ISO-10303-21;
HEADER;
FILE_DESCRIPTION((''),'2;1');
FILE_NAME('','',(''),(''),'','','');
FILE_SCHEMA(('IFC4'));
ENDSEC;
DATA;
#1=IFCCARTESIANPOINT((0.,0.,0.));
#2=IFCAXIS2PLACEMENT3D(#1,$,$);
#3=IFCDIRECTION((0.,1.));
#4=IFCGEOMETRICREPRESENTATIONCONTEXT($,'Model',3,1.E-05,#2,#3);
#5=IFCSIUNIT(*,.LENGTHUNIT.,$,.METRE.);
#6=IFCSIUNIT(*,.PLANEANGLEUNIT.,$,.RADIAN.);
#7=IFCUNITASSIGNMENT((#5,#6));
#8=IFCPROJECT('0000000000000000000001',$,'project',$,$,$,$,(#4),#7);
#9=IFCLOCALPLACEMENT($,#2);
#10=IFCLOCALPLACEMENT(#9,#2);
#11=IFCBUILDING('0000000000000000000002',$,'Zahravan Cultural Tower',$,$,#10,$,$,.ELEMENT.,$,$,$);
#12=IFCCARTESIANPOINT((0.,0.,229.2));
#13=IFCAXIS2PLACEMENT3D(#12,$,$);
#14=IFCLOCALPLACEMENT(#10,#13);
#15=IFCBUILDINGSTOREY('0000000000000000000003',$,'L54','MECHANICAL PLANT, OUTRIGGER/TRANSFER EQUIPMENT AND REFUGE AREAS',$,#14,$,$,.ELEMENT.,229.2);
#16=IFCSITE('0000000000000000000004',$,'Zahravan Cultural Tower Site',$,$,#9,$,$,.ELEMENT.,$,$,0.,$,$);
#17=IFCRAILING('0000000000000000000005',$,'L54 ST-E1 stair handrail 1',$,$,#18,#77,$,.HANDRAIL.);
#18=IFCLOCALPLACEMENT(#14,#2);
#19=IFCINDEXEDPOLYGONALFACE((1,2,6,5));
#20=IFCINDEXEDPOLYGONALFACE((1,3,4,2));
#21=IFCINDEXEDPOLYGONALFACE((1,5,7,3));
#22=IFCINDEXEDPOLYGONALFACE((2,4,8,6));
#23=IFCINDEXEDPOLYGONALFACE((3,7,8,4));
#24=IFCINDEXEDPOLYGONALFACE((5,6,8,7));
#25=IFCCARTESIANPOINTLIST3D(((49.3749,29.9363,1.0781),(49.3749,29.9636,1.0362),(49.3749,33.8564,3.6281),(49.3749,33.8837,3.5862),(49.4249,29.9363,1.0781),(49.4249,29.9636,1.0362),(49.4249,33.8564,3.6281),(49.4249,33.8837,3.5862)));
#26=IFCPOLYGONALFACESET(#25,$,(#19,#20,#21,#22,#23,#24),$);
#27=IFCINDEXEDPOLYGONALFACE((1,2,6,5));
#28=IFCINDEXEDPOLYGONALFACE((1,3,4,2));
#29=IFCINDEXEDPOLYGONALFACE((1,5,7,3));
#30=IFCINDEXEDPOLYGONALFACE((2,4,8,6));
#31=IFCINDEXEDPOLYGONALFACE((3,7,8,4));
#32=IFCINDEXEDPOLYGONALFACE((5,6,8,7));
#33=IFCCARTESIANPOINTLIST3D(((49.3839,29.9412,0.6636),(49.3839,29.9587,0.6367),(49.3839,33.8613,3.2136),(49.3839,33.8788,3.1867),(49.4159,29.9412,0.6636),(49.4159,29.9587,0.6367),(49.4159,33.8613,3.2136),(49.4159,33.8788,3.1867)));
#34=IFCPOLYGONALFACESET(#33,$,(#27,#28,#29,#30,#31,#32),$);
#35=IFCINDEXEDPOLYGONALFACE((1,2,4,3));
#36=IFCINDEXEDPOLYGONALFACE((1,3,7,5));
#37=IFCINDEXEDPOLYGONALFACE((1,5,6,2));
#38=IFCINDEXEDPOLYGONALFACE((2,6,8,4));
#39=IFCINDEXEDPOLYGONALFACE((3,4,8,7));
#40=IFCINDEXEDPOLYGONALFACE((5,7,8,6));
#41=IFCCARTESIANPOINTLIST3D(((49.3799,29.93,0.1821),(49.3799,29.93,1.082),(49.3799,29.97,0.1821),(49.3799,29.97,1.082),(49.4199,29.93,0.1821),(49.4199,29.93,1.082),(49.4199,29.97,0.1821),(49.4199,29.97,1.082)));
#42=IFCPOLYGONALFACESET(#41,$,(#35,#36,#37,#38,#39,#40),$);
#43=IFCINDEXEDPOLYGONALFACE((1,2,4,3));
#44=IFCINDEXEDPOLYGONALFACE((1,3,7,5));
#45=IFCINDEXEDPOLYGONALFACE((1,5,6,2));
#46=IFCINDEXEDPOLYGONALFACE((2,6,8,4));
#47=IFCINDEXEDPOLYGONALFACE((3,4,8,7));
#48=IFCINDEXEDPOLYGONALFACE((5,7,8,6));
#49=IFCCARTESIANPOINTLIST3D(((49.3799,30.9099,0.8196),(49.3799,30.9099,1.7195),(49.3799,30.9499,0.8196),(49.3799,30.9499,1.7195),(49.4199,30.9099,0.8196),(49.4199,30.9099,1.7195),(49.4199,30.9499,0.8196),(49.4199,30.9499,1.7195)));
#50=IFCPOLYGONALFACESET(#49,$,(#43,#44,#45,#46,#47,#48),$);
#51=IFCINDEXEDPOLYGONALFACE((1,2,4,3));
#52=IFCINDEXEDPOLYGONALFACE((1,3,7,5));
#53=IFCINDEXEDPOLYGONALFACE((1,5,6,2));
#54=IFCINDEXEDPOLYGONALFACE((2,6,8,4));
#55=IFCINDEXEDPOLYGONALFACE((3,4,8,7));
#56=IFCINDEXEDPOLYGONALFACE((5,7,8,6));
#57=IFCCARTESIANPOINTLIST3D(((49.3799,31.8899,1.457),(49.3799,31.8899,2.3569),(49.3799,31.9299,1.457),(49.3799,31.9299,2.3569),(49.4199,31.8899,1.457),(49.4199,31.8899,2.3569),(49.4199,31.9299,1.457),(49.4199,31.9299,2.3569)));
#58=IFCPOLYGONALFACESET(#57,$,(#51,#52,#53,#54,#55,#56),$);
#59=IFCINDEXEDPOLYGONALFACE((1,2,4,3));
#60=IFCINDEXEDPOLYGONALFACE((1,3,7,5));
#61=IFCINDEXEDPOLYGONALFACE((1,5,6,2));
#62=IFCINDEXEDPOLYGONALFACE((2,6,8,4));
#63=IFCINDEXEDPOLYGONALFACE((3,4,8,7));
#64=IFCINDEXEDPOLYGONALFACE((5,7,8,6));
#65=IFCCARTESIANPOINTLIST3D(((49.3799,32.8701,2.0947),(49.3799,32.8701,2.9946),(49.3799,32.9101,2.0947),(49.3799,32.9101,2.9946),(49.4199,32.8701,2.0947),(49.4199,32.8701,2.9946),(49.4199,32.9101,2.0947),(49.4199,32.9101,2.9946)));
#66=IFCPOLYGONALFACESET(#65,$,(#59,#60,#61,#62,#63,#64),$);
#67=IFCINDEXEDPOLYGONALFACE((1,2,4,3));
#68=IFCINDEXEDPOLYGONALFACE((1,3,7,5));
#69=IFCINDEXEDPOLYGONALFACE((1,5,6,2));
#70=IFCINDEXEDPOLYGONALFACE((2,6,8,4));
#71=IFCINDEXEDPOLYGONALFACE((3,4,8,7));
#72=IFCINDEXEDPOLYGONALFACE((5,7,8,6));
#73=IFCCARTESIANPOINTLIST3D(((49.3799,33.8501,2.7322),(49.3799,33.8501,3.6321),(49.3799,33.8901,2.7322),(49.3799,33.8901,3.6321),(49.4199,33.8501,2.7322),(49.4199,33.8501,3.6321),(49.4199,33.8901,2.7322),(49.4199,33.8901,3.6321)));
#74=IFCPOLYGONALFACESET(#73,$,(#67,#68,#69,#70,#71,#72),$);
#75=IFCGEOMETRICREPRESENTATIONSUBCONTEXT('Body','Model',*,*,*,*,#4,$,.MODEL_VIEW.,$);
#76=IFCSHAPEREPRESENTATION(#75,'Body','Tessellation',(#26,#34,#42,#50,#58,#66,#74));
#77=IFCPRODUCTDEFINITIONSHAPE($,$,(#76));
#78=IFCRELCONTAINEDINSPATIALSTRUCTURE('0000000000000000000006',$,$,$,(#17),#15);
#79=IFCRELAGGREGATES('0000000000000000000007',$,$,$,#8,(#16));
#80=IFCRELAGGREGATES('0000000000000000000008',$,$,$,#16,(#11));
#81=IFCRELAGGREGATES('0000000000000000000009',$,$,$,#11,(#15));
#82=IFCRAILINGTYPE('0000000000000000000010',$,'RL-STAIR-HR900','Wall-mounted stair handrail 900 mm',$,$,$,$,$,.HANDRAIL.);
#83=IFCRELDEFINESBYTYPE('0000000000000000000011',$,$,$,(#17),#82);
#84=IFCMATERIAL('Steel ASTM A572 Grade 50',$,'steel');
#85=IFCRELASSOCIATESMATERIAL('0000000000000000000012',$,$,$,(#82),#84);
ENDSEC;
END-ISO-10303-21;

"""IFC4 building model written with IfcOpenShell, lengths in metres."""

from ifc_helpers import new_model, si_unit, direction, frame, origin, origin_2d, place, context, subcontext, project, spatial, rectangle, extrude, material, type_object, element, save


model = new_model("IFC4")

# Units and contexts
model_context = context("Model", 3, precision=1e-05, world=origin(), true_north=direction((0.0, 1.0)))
body_context = subcontext(model_context, "Body", "Model", "MODEL_VIEW")
ifc_project = project(units=[si_unit("LENGTHUNIT", "METRE"), si_unit("PLANEANGLEUNIT", "RADIAN")], contexts=[model_context])

# Site, building, storey
site_placement = place(None, origin())
site = spatial("IfcSite", under=ifc_project, at=site_placement, Name="Zahravan Cultural Tower Site", CompositionType="ELEMENT", RefElevation=0.0)
building_placement = place(site_placement, origin())
building = spatial("IfcBuilding", under=site, at=building_placement, Name="Zahravan Cultural Tower", CompositionType="ELEMENT")
storey_placement = place(building_placement, frame((0.0, 0.0, 229.2)))
storey = spatial("IfcBuildingStorey", under=building, at=storey_placement, Name="L54", Description="MECHANICAL PLANT, OUTRIGGER/TRANSFER EQUIPMENT AND REFUGE AREAS", CompositionType="ELEMENT", Elevation=229.2)

# Shared definitions
ifc_material_1 = material(Name="Steel ASTM A572 Grade 50", Category="steel")

# Railing
railing_type_1 = type_object("IfcRailingType", Name="RL-STAIR-HR900", Description="Wall-mounted stair handrail 900 mm", PredefinedType="HANDRAIL", material=ifc_material_1)
railing_1_placement = place(storey_placement, frame((49.3999, 29.95, 0.1821)))
element("IfcRailing", 1, at=railing_1_placement, inside=storey, type_object=railing_type_1, Name="L54 ST-E1 stair handrail 1", PredefinedType="HANDRAIL", context=body_context, shape_type="SweptSolid", body=[
    extrude(rectangle(XDim=0.05, YDim=0.05, at=origin_2d()), frame((0.0, 0.0, 0.875), z_axis=(0.0, 0.838254, 0.54528), x_axis=(-1.0, 0.0, 0.0)), (0.0, 0.0, 1.0), 4.6765),
    extrude(rectangle(XDim=0.032, YDim=0.032, at=origin_2d()), frame((0.0, 0.0, 0.468), z_axis=(0.0, 0.838254, 0.54528), x_axis=(-1.0, 0.0, 0.0)), (0.0, 0.0, 1.0), 4.6765),
    extrude(rectangle(XDim=0.04, YDim=0.04, at=origin_2d()), origin(), (0.0, 0.0, 1.0), 0.8999),
    extrude(rectangle(XDim=0.04, YDim=0.04, at=origin_2d()), frame((0.0, 0.98, 0.6375)), (0.0, 0.0, 1.0), 0.8999),
    extrude(rectangle(XDim=0.04, YDim=0.04, at=origin_2d()), frame((0.0, 1.96, 1.2749)), (0.0, 0.0, 1.0), 0.8999),
    extrude(rectangle(XDim=0.04, YDim=0.04, at=origin_2d()), frame((0.0, 2.9402, 1.9126)), (0.0, 0.0, 1.0), 0.8999),
    extrude(rectangle(XDim=0.04, YDim=0.04, at=origin_2d()), frame((0.0, 3.9202, 2.55)), (0.0, 0.0, 1.0), 0.8999),
])

save(model, "model.ifc")
